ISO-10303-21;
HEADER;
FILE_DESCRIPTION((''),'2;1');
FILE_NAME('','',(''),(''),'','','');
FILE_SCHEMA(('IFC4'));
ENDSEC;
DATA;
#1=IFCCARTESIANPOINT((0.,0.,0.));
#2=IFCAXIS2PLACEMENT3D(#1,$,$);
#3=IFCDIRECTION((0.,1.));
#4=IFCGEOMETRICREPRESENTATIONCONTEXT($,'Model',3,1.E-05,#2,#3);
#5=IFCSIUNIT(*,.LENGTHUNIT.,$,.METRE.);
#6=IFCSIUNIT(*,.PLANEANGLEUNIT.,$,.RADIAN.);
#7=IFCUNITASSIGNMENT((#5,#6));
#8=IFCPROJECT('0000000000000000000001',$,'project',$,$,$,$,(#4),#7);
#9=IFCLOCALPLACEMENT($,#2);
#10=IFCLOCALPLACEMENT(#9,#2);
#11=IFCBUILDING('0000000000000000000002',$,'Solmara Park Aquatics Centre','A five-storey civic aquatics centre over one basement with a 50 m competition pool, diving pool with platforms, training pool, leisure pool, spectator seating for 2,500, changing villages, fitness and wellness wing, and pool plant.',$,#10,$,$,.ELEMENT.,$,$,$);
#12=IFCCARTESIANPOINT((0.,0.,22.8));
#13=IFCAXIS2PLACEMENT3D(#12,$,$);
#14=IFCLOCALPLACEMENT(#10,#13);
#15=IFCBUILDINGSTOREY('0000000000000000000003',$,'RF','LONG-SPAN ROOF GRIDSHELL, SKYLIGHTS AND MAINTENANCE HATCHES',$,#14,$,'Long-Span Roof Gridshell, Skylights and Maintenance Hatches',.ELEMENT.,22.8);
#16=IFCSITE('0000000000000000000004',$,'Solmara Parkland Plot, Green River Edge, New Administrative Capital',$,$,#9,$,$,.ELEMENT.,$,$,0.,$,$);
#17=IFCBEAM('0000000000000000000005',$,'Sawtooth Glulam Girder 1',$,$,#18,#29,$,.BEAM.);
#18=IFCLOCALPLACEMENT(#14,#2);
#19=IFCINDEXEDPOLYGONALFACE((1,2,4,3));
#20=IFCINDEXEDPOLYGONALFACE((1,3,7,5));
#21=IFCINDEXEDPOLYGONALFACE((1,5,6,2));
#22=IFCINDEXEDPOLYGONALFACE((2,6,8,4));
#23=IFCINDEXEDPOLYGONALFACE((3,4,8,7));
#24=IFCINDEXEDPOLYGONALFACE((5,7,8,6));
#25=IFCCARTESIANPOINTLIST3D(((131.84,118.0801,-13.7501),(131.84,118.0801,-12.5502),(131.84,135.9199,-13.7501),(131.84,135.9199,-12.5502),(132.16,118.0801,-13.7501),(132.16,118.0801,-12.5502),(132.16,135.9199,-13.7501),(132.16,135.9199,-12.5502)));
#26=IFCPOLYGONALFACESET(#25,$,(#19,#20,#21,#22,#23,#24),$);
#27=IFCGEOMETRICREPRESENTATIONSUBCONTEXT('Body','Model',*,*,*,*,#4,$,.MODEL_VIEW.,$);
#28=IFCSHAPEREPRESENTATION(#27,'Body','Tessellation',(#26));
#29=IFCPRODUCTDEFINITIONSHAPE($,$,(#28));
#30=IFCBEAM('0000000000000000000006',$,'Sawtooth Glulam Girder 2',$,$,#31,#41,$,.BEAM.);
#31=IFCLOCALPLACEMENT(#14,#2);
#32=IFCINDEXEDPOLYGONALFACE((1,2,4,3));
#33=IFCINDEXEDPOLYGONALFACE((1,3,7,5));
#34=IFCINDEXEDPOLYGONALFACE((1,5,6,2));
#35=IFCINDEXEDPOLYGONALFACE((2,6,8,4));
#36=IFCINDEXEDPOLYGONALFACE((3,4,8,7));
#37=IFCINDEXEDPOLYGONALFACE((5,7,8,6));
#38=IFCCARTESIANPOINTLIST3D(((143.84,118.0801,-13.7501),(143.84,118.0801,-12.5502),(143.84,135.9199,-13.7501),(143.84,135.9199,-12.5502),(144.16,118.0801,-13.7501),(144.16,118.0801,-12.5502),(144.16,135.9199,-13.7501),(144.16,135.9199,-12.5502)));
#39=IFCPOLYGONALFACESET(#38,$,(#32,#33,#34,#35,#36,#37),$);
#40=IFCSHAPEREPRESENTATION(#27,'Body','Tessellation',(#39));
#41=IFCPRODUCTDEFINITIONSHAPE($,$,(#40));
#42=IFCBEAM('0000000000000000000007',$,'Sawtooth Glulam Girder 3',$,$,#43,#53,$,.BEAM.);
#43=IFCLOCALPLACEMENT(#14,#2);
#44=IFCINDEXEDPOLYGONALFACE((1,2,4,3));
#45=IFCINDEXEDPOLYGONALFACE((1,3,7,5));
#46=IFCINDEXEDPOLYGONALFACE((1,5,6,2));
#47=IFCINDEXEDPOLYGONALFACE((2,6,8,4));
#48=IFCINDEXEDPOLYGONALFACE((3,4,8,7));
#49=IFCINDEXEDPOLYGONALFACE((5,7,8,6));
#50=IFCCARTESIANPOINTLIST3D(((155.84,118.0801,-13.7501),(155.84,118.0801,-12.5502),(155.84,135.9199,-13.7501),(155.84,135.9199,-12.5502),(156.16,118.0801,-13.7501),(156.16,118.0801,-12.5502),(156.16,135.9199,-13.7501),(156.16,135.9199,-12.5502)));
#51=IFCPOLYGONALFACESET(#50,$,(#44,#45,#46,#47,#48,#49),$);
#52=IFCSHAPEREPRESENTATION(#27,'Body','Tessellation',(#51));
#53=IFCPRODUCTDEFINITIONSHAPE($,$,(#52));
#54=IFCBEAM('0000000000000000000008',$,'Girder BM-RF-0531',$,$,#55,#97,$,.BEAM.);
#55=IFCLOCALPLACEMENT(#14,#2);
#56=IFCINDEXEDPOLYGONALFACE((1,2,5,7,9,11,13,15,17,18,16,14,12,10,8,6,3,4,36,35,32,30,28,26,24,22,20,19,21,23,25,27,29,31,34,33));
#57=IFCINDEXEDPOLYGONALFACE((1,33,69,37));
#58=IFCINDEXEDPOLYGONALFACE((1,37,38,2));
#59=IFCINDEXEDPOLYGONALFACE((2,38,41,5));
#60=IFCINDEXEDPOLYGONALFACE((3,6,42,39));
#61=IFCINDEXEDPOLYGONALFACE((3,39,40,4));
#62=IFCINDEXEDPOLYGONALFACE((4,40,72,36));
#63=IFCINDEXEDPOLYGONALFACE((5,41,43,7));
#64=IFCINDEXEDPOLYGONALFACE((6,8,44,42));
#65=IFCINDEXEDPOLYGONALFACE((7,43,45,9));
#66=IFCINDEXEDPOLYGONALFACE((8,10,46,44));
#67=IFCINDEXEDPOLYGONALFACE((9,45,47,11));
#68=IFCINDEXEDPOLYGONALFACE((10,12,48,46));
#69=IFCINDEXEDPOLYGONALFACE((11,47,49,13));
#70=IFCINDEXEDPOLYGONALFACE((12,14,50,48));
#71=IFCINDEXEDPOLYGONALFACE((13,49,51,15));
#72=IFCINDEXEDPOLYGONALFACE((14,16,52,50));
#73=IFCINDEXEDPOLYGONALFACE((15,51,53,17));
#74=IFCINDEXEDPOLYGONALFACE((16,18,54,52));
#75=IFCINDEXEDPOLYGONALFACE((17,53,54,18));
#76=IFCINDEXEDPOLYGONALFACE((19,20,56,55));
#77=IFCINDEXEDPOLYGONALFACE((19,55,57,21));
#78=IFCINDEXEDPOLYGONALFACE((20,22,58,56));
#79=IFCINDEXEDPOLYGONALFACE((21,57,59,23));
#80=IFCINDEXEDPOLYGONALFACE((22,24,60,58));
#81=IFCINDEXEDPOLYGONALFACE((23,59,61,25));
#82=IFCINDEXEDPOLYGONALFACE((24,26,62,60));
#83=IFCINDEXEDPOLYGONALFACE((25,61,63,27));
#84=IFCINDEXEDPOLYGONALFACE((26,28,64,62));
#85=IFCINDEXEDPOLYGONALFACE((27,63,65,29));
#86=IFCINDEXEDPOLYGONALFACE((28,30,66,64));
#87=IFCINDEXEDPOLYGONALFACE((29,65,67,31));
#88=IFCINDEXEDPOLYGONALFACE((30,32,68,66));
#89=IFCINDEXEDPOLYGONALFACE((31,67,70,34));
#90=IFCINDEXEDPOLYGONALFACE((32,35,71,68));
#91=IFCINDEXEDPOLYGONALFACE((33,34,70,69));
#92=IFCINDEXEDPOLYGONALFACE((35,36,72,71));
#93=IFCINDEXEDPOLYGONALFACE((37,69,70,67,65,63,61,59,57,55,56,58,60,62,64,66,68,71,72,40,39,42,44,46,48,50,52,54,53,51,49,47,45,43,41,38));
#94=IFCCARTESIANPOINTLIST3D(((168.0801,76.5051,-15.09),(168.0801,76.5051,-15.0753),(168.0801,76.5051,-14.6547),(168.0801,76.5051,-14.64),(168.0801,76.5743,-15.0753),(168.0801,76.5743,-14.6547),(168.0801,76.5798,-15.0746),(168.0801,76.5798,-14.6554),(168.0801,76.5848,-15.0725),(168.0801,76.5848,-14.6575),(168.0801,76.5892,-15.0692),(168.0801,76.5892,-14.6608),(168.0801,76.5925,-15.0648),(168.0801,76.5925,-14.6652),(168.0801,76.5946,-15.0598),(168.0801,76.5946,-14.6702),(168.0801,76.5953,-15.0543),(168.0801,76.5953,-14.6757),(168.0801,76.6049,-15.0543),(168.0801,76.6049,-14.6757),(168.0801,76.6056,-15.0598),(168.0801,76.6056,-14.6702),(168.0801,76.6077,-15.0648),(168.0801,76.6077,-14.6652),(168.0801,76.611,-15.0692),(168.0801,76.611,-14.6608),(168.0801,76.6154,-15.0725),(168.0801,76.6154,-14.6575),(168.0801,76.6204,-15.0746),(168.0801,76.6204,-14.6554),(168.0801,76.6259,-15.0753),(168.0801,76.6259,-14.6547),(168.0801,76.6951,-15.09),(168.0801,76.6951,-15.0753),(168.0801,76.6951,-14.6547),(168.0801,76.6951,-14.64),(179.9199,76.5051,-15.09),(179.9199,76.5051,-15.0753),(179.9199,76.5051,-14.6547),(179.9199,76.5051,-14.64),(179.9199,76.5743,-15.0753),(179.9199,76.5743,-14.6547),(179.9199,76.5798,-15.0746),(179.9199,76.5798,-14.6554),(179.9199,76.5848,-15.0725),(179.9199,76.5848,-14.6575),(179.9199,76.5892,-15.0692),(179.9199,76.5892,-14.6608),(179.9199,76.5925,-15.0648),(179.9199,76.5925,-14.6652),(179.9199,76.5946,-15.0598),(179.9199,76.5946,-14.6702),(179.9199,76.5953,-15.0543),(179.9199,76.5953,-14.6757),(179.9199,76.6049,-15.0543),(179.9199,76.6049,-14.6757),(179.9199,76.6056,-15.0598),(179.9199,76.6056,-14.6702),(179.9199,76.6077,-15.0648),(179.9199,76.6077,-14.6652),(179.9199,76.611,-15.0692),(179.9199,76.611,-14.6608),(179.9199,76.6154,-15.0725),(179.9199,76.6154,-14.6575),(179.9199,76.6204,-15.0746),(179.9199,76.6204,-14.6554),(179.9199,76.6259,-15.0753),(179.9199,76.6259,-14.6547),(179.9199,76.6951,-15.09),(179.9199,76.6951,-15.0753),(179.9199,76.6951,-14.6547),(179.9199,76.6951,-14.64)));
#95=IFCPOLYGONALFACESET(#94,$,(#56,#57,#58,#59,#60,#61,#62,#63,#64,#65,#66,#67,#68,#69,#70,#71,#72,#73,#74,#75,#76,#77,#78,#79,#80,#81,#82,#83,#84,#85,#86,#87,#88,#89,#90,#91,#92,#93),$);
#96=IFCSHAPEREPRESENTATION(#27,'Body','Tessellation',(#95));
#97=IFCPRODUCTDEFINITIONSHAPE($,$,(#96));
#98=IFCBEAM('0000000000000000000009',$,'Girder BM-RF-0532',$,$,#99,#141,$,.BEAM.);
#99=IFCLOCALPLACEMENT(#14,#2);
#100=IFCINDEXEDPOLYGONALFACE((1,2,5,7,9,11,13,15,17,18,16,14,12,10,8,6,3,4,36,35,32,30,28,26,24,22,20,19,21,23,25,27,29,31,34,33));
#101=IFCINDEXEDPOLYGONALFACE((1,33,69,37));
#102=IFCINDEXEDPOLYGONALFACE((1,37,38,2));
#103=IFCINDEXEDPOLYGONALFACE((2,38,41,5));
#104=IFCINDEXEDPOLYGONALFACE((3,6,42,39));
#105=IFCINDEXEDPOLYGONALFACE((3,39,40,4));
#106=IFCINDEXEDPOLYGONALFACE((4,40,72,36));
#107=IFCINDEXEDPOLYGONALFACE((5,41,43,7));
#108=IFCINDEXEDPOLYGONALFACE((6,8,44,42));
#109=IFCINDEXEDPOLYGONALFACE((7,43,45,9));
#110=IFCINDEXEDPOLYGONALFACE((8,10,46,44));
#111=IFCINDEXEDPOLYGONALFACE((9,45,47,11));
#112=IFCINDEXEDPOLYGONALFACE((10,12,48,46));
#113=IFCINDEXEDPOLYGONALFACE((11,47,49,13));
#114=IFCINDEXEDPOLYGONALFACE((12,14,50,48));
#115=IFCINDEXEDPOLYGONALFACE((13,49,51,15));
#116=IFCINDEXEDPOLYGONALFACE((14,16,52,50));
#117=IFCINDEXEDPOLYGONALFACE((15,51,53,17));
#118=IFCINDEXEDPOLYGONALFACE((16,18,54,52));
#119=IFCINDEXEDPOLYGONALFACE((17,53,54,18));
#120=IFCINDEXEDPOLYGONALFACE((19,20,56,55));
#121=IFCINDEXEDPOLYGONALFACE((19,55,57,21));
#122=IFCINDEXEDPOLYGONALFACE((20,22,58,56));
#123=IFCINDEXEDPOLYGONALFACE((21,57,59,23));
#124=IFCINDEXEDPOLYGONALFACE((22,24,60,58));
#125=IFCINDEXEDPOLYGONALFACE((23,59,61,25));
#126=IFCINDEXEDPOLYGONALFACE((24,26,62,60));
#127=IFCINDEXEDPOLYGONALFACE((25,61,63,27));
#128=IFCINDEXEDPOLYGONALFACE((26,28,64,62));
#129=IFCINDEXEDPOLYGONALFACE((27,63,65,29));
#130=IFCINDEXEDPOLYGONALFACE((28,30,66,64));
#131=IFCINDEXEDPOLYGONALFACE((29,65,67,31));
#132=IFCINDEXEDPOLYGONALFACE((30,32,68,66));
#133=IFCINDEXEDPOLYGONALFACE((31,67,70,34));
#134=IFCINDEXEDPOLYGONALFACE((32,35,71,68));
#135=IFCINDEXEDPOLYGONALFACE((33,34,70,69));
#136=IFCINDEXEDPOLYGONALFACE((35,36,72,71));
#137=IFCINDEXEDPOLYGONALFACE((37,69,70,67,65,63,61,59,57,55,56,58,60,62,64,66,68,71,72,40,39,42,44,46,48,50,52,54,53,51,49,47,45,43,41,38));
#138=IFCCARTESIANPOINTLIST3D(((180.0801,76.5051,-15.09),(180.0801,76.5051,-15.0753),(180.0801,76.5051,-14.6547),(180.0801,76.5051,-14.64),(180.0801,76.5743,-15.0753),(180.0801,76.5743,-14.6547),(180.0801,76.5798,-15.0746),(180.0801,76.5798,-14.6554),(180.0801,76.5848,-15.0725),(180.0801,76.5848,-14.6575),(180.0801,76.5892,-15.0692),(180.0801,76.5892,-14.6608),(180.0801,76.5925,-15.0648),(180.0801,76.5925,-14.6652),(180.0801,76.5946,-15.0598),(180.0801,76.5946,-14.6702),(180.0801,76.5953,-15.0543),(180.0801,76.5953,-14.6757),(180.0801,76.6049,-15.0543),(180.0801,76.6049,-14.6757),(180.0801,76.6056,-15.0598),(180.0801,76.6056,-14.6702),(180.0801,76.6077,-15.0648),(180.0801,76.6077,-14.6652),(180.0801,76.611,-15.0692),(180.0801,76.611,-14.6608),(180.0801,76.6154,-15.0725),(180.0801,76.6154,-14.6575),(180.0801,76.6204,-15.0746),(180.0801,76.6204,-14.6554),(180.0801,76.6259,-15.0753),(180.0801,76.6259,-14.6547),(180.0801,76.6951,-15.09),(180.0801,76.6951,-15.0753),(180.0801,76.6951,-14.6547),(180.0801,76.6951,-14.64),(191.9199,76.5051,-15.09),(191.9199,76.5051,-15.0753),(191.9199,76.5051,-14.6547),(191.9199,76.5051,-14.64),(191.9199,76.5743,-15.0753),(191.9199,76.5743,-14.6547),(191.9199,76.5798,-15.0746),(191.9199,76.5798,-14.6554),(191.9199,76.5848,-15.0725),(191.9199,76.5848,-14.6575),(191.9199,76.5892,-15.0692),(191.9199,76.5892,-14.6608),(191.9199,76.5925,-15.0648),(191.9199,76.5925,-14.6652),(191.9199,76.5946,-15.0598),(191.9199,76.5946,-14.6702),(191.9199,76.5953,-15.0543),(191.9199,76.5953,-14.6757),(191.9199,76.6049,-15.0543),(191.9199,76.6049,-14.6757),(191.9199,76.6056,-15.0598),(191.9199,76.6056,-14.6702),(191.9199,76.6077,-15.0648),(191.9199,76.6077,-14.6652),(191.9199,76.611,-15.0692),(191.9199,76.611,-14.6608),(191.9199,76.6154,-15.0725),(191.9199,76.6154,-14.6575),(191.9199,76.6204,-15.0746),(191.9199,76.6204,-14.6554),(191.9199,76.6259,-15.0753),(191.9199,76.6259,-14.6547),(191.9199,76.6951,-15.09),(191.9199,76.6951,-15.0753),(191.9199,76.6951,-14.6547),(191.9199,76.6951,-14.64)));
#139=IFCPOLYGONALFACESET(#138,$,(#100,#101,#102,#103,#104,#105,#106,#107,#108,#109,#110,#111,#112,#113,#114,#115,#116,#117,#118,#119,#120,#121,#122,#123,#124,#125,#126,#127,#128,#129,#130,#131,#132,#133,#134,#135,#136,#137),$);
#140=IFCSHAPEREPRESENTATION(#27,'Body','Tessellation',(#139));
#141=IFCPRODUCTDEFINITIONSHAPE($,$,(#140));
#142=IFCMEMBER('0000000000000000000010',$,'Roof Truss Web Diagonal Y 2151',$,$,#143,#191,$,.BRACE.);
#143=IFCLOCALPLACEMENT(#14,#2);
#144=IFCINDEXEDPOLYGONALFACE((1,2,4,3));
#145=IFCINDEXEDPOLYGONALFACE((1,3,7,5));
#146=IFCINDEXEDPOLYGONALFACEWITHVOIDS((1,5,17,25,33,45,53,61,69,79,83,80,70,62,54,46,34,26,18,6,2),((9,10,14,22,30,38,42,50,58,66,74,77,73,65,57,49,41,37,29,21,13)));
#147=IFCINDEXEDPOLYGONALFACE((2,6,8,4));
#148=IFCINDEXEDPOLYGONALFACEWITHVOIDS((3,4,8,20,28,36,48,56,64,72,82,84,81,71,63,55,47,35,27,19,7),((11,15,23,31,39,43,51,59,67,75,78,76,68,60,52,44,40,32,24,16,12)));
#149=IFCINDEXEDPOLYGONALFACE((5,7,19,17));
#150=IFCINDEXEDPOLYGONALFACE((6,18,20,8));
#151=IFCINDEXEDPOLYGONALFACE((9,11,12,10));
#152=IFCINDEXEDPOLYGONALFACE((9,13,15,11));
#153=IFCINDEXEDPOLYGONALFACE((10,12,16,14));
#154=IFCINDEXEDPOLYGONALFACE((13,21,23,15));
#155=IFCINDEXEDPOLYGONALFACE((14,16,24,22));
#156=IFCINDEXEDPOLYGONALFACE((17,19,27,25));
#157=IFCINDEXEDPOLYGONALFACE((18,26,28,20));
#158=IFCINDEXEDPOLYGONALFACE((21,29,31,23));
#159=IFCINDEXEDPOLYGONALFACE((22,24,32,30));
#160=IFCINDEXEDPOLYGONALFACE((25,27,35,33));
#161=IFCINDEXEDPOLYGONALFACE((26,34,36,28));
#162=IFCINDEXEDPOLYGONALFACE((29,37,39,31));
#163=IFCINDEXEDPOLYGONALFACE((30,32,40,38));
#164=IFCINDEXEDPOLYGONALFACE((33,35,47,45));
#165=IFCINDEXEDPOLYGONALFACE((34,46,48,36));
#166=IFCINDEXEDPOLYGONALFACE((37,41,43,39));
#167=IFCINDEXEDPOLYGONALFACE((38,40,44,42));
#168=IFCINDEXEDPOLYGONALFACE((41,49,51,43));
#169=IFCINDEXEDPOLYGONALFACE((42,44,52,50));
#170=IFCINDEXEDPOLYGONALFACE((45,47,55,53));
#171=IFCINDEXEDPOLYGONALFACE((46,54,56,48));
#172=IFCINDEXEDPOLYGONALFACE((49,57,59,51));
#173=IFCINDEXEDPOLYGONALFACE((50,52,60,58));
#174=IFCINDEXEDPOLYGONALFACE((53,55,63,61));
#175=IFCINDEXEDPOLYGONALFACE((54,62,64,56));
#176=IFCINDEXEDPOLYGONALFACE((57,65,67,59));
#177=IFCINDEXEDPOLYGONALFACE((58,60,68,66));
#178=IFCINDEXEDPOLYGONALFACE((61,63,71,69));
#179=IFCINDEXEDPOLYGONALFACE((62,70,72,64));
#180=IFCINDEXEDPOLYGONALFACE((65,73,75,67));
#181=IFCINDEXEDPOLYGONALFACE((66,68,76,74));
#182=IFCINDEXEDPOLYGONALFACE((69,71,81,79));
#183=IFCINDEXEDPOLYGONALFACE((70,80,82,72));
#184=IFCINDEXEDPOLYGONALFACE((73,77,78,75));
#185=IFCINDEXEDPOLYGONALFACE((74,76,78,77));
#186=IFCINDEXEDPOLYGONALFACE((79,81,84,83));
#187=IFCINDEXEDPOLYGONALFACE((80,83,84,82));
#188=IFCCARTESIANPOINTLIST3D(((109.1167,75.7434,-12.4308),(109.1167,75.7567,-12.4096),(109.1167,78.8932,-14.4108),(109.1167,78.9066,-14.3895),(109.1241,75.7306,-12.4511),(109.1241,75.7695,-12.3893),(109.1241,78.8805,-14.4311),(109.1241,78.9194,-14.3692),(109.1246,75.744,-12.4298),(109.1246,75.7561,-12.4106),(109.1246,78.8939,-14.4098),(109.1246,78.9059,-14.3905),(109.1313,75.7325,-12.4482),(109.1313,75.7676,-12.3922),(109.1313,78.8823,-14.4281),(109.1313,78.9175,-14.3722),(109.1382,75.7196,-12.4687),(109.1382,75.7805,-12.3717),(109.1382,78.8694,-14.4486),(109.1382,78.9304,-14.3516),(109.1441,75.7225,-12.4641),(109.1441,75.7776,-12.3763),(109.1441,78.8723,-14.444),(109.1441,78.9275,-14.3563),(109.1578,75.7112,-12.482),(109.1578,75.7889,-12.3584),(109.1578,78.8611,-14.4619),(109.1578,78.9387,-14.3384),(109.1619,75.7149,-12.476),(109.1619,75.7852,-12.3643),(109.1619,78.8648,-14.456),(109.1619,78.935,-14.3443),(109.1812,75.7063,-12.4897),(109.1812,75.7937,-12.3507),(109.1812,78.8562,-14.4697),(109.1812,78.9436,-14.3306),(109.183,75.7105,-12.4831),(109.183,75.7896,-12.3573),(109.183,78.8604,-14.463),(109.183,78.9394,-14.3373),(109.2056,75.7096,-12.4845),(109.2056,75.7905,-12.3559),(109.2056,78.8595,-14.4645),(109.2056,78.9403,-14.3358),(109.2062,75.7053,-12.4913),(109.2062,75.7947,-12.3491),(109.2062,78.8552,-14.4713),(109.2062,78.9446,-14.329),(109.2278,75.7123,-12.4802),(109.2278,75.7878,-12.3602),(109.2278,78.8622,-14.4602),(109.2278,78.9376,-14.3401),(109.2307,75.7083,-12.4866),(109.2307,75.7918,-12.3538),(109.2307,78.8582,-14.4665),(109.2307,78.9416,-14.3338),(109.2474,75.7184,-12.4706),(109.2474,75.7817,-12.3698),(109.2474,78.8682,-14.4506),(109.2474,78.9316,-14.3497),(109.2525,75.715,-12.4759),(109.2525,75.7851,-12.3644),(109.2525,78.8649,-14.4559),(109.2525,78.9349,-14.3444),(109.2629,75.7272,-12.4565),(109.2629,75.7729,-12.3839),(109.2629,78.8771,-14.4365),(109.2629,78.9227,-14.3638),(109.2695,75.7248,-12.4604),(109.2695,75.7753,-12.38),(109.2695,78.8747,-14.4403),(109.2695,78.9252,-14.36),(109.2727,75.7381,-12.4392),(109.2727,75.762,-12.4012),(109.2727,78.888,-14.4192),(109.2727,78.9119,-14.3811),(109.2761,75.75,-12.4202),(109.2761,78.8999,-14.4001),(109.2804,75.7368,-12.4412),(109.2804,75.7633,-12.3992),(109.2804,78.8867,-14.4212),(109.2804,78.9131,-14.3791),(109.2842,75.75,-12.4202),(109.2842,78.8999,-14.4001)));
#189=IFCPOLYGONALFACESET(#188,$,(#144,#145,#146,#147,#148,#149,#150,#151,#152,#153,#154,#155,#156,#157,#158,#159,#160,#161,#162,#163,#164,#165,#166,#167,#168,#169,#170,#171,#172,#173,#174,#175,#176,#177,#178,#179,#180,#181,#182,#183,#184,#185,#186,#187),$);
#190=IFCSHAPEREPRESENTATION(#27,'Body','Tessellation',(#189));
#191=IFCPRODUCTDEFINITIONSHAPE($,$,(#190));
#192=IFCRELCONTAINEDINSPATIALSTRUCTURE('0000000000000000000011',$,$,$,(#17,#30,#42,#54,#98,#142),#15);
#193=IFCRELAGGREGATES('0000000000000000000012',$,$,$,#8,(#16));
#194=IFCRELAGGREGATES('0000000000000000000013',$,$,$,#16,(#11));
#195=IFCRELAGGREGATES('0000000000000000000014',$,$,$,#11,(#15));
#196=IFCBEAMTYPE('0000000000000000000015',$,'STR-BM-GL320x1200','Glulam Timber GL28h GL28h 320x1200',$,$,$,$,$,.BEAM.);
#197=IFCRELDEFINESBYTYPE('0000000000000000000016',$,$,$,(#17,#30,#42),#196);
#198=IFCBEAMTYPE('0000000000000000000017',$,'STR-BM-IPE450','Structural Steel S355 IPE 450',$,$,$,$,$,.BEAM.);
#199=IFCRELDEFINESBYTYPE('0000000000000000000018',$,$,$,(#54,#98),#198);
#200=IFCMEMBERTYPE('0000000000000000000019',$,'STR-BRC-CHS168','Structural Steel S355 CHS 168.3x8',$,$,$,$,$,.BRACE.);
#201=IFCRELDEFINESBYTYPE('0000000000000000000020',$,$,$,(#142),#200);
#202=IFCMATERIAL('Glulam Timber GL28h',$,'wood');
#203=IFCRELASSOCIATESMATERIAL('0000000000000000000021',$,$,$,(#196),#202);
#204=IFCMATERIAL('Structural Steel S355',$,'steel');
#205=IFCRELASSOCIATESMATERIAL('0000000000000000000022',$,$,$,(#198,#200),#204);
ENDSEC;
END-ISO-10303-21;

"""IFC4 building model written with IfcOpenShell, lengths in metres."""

from ifc_helpers import new_model, si_unit, direction, frame, origin, origin_2d, place, context, subcontext, project, spatial, rectangle, hollow_circle, i_section, extrude, material, material_profile, profile_set, type_object, element, save


model = new_model("IFC4")

# Units and contexts
model_context = context("Model", 3, precision=1e-05, world=origin(), true_north=direction((0.0, 1.0)))
body_context = subcontext(model_context, "Body", "Model", "MODEL_VIEW")
ifc_project = project(units=[si_unit("LENGTHUNIT", "METRE"), si_unit("PLANEANGLEUNIT", "RADIAN")], contexts=[model_context])

# Site, building, storey
site_placement = place(None, origin())
site = spatial("IfcSite", under=ifc_project, at=site_placement, Name="Solmara Parkland Plot, Green River Edge, New Administrative Capital", CompositionType="ELEMENT", RefElevation=0.0)
building_placement = place(site_placement, origin())
building = spatial("IfcBuilding", under=site, at=building_placement, Name="Solmara Park Aquatics Centre", Description="A five-storey civic aquatics centre over one basement with a 50 m competition pool, diving pool with platforms, training pool, leisure pool, spectator seating for 2,500, changing villages, fitness and wellness wing, and pool plant.", CompositionType="ELEMENT")
storey_placement = place(building_placement, frame((0.0, 0.0, 22.8)))
storey = spatial("IfcBuildingStorey", under=building, at=storey_placement, Name="RF", Description="LONG-SPAN ROOF GRIDSHELL, SKYLIGHTS AND MAINTENANCE HATCHES", LongName="Long-Span Roof Gridshell, Skylights and Maintenance Hatches", CompositionType="ELEMENT", Elevation=22.8)

# Beams
ifc_material_1 = material(Name="Glulam Timber GL28h", Category="wood")
ifc_material_profile_1 = material_profile(ifc_material_1, rectangle(XDim=0.3201, YDim=1.2, at=origin_2d()), Name="GL28h 320x1200")
ifc_profile_set_1 = profile_set([ifc_material_profile_1], Name="Glulam Timber GL28h")
beam_type_1 = type_object("IfcBeamType", Name="STR-BM-GL320x1200", Description="Glulam Timber GL28h GL28h 320x1200", PredefinedType="BEAM", material=ifc_profile_set_1)
for number, where, z_axis, x_axis, name in (
    (1, (132.0, 118.0801, -13.1501), (0.0, 1.0, 0.0), (-1.0, 0.0, 0.0), "Sawtooth Glulam Girder 1"),
    (2, (144.0, 118.0801, -13.1501), (0.0, 1.0, 0.0), (-1.0, 0.0, 0.0), "Sawtooth Glulam Girder 2"),
    (3, (156.0, 118.0801, -13.1501), (0.0, 1.0, 0.0), (-1.0, 0.0, 0.0), "Sawtooth Glulam Girder 3"),
):
    element("IfcBeam", number, at=place(storey_placement, frame(where, z_axis=z_axis, x_axis=x_axis)), inside=storey, type_object=beam_type_1, Name=name, PredefinedType="BEAM", context=body_context, shape_type="SweptSolid", body=[
        extrude(rectangle(XDim=0.3201, YDim=1.2, at=origin_2d()), origin(), (0.0, 0.0, 1.0), 17.8398),
    ])
ifc_material_2 = material(Name="Structural Steel S355", Category="steel")
ifc_material_profile_2 = material_profile(ifc_material_2, i_section(OverallWidth=0.1899, OverallDepth=0.45, WebThickness=0.0095, FlangeThickness=0.0146, FilletRadius=0.021, at=origin_2d()), Name="IPE 450")
ifc_profile_set_2 = profile_set([ifc_material_profile_2], Name="Structural Steel S355")
beam_type_2 = type_object("IfcBeamType", Name="STR-BM-IPE450", Description="Structural Steel S355 IPE 450", PredefinedType="BEAM", material=ifc_profile_set_2)
for number, where, z_axis, x_axis, name in (
    (4, (168.0801, 76.6001, -14.865), (1.0, 0.0, 0.0), (0.0, 1.0, 0.0), "Girder BM-RF-0531"),
    (5, (180.0801, 76.6001, -14.865), (1.0, 0.0, 0.0), (0.0, 1.0, 0.0), "Girder BM-RF-0532"),
):
    element("IfcBeam", number, at=place(storey_placement, frame(where, z_axis=z_axis, x_axis=x_axis)), inside=storey, type_object=beam_type_2, Name=name, PredefinedType="BEAM", context=body_context, shape_type="SweptSolid", body=[
        extrude(i_section(OverallWidth=0.1899, OverallDepth=0.45, WebThickness=0.0095, FlangeThickness=0.0146, FilletRadius=0.021, at=origin_2d()), origin(), (0.0, 0.0, 1.0), 11.8398),
    ])

# Member
ifc_material_profile_3 = material_profile(ifc_material_2, hollow_circle(Radius=0.0842, WallThickness=0.0081, at=origin_2d()), Name="CHS 168.3x8")
ifc_profile_set_3 = profile_set([ifc_material_profile_3], Name="Structural Steel S355")
member_type_1 = type_object("IfcMemberType", Name="STR-BRC-CHS168", Description="Structural Steel S355 CHS 168.3x8", PredefinedType="BRACE", material=ifc_profile_set_3)
member_1_placement = place(storey_placement, frame((109.2, 78.8999, -14.4001), z_axis=(0.0, -0.846631, 0.53218), x_axis=(1.0, 0.0, 0.0)))
element("IfcMember", 6, at=member_1_placement, inside=storey, type_object=member_type_1, Name="Roof Truss Web Diagonal Y 2151", PredefinedType="BRACE", context=body_context, shape_type="SweptSolid", body=[
    extrude(hollow_circle(Radius=0.0842, WallThickness=0.0081, at=origin_2d()), origin(), (0.0, 0.0, 1.0), 3.7205),
])

save(model, "model.ifc")
